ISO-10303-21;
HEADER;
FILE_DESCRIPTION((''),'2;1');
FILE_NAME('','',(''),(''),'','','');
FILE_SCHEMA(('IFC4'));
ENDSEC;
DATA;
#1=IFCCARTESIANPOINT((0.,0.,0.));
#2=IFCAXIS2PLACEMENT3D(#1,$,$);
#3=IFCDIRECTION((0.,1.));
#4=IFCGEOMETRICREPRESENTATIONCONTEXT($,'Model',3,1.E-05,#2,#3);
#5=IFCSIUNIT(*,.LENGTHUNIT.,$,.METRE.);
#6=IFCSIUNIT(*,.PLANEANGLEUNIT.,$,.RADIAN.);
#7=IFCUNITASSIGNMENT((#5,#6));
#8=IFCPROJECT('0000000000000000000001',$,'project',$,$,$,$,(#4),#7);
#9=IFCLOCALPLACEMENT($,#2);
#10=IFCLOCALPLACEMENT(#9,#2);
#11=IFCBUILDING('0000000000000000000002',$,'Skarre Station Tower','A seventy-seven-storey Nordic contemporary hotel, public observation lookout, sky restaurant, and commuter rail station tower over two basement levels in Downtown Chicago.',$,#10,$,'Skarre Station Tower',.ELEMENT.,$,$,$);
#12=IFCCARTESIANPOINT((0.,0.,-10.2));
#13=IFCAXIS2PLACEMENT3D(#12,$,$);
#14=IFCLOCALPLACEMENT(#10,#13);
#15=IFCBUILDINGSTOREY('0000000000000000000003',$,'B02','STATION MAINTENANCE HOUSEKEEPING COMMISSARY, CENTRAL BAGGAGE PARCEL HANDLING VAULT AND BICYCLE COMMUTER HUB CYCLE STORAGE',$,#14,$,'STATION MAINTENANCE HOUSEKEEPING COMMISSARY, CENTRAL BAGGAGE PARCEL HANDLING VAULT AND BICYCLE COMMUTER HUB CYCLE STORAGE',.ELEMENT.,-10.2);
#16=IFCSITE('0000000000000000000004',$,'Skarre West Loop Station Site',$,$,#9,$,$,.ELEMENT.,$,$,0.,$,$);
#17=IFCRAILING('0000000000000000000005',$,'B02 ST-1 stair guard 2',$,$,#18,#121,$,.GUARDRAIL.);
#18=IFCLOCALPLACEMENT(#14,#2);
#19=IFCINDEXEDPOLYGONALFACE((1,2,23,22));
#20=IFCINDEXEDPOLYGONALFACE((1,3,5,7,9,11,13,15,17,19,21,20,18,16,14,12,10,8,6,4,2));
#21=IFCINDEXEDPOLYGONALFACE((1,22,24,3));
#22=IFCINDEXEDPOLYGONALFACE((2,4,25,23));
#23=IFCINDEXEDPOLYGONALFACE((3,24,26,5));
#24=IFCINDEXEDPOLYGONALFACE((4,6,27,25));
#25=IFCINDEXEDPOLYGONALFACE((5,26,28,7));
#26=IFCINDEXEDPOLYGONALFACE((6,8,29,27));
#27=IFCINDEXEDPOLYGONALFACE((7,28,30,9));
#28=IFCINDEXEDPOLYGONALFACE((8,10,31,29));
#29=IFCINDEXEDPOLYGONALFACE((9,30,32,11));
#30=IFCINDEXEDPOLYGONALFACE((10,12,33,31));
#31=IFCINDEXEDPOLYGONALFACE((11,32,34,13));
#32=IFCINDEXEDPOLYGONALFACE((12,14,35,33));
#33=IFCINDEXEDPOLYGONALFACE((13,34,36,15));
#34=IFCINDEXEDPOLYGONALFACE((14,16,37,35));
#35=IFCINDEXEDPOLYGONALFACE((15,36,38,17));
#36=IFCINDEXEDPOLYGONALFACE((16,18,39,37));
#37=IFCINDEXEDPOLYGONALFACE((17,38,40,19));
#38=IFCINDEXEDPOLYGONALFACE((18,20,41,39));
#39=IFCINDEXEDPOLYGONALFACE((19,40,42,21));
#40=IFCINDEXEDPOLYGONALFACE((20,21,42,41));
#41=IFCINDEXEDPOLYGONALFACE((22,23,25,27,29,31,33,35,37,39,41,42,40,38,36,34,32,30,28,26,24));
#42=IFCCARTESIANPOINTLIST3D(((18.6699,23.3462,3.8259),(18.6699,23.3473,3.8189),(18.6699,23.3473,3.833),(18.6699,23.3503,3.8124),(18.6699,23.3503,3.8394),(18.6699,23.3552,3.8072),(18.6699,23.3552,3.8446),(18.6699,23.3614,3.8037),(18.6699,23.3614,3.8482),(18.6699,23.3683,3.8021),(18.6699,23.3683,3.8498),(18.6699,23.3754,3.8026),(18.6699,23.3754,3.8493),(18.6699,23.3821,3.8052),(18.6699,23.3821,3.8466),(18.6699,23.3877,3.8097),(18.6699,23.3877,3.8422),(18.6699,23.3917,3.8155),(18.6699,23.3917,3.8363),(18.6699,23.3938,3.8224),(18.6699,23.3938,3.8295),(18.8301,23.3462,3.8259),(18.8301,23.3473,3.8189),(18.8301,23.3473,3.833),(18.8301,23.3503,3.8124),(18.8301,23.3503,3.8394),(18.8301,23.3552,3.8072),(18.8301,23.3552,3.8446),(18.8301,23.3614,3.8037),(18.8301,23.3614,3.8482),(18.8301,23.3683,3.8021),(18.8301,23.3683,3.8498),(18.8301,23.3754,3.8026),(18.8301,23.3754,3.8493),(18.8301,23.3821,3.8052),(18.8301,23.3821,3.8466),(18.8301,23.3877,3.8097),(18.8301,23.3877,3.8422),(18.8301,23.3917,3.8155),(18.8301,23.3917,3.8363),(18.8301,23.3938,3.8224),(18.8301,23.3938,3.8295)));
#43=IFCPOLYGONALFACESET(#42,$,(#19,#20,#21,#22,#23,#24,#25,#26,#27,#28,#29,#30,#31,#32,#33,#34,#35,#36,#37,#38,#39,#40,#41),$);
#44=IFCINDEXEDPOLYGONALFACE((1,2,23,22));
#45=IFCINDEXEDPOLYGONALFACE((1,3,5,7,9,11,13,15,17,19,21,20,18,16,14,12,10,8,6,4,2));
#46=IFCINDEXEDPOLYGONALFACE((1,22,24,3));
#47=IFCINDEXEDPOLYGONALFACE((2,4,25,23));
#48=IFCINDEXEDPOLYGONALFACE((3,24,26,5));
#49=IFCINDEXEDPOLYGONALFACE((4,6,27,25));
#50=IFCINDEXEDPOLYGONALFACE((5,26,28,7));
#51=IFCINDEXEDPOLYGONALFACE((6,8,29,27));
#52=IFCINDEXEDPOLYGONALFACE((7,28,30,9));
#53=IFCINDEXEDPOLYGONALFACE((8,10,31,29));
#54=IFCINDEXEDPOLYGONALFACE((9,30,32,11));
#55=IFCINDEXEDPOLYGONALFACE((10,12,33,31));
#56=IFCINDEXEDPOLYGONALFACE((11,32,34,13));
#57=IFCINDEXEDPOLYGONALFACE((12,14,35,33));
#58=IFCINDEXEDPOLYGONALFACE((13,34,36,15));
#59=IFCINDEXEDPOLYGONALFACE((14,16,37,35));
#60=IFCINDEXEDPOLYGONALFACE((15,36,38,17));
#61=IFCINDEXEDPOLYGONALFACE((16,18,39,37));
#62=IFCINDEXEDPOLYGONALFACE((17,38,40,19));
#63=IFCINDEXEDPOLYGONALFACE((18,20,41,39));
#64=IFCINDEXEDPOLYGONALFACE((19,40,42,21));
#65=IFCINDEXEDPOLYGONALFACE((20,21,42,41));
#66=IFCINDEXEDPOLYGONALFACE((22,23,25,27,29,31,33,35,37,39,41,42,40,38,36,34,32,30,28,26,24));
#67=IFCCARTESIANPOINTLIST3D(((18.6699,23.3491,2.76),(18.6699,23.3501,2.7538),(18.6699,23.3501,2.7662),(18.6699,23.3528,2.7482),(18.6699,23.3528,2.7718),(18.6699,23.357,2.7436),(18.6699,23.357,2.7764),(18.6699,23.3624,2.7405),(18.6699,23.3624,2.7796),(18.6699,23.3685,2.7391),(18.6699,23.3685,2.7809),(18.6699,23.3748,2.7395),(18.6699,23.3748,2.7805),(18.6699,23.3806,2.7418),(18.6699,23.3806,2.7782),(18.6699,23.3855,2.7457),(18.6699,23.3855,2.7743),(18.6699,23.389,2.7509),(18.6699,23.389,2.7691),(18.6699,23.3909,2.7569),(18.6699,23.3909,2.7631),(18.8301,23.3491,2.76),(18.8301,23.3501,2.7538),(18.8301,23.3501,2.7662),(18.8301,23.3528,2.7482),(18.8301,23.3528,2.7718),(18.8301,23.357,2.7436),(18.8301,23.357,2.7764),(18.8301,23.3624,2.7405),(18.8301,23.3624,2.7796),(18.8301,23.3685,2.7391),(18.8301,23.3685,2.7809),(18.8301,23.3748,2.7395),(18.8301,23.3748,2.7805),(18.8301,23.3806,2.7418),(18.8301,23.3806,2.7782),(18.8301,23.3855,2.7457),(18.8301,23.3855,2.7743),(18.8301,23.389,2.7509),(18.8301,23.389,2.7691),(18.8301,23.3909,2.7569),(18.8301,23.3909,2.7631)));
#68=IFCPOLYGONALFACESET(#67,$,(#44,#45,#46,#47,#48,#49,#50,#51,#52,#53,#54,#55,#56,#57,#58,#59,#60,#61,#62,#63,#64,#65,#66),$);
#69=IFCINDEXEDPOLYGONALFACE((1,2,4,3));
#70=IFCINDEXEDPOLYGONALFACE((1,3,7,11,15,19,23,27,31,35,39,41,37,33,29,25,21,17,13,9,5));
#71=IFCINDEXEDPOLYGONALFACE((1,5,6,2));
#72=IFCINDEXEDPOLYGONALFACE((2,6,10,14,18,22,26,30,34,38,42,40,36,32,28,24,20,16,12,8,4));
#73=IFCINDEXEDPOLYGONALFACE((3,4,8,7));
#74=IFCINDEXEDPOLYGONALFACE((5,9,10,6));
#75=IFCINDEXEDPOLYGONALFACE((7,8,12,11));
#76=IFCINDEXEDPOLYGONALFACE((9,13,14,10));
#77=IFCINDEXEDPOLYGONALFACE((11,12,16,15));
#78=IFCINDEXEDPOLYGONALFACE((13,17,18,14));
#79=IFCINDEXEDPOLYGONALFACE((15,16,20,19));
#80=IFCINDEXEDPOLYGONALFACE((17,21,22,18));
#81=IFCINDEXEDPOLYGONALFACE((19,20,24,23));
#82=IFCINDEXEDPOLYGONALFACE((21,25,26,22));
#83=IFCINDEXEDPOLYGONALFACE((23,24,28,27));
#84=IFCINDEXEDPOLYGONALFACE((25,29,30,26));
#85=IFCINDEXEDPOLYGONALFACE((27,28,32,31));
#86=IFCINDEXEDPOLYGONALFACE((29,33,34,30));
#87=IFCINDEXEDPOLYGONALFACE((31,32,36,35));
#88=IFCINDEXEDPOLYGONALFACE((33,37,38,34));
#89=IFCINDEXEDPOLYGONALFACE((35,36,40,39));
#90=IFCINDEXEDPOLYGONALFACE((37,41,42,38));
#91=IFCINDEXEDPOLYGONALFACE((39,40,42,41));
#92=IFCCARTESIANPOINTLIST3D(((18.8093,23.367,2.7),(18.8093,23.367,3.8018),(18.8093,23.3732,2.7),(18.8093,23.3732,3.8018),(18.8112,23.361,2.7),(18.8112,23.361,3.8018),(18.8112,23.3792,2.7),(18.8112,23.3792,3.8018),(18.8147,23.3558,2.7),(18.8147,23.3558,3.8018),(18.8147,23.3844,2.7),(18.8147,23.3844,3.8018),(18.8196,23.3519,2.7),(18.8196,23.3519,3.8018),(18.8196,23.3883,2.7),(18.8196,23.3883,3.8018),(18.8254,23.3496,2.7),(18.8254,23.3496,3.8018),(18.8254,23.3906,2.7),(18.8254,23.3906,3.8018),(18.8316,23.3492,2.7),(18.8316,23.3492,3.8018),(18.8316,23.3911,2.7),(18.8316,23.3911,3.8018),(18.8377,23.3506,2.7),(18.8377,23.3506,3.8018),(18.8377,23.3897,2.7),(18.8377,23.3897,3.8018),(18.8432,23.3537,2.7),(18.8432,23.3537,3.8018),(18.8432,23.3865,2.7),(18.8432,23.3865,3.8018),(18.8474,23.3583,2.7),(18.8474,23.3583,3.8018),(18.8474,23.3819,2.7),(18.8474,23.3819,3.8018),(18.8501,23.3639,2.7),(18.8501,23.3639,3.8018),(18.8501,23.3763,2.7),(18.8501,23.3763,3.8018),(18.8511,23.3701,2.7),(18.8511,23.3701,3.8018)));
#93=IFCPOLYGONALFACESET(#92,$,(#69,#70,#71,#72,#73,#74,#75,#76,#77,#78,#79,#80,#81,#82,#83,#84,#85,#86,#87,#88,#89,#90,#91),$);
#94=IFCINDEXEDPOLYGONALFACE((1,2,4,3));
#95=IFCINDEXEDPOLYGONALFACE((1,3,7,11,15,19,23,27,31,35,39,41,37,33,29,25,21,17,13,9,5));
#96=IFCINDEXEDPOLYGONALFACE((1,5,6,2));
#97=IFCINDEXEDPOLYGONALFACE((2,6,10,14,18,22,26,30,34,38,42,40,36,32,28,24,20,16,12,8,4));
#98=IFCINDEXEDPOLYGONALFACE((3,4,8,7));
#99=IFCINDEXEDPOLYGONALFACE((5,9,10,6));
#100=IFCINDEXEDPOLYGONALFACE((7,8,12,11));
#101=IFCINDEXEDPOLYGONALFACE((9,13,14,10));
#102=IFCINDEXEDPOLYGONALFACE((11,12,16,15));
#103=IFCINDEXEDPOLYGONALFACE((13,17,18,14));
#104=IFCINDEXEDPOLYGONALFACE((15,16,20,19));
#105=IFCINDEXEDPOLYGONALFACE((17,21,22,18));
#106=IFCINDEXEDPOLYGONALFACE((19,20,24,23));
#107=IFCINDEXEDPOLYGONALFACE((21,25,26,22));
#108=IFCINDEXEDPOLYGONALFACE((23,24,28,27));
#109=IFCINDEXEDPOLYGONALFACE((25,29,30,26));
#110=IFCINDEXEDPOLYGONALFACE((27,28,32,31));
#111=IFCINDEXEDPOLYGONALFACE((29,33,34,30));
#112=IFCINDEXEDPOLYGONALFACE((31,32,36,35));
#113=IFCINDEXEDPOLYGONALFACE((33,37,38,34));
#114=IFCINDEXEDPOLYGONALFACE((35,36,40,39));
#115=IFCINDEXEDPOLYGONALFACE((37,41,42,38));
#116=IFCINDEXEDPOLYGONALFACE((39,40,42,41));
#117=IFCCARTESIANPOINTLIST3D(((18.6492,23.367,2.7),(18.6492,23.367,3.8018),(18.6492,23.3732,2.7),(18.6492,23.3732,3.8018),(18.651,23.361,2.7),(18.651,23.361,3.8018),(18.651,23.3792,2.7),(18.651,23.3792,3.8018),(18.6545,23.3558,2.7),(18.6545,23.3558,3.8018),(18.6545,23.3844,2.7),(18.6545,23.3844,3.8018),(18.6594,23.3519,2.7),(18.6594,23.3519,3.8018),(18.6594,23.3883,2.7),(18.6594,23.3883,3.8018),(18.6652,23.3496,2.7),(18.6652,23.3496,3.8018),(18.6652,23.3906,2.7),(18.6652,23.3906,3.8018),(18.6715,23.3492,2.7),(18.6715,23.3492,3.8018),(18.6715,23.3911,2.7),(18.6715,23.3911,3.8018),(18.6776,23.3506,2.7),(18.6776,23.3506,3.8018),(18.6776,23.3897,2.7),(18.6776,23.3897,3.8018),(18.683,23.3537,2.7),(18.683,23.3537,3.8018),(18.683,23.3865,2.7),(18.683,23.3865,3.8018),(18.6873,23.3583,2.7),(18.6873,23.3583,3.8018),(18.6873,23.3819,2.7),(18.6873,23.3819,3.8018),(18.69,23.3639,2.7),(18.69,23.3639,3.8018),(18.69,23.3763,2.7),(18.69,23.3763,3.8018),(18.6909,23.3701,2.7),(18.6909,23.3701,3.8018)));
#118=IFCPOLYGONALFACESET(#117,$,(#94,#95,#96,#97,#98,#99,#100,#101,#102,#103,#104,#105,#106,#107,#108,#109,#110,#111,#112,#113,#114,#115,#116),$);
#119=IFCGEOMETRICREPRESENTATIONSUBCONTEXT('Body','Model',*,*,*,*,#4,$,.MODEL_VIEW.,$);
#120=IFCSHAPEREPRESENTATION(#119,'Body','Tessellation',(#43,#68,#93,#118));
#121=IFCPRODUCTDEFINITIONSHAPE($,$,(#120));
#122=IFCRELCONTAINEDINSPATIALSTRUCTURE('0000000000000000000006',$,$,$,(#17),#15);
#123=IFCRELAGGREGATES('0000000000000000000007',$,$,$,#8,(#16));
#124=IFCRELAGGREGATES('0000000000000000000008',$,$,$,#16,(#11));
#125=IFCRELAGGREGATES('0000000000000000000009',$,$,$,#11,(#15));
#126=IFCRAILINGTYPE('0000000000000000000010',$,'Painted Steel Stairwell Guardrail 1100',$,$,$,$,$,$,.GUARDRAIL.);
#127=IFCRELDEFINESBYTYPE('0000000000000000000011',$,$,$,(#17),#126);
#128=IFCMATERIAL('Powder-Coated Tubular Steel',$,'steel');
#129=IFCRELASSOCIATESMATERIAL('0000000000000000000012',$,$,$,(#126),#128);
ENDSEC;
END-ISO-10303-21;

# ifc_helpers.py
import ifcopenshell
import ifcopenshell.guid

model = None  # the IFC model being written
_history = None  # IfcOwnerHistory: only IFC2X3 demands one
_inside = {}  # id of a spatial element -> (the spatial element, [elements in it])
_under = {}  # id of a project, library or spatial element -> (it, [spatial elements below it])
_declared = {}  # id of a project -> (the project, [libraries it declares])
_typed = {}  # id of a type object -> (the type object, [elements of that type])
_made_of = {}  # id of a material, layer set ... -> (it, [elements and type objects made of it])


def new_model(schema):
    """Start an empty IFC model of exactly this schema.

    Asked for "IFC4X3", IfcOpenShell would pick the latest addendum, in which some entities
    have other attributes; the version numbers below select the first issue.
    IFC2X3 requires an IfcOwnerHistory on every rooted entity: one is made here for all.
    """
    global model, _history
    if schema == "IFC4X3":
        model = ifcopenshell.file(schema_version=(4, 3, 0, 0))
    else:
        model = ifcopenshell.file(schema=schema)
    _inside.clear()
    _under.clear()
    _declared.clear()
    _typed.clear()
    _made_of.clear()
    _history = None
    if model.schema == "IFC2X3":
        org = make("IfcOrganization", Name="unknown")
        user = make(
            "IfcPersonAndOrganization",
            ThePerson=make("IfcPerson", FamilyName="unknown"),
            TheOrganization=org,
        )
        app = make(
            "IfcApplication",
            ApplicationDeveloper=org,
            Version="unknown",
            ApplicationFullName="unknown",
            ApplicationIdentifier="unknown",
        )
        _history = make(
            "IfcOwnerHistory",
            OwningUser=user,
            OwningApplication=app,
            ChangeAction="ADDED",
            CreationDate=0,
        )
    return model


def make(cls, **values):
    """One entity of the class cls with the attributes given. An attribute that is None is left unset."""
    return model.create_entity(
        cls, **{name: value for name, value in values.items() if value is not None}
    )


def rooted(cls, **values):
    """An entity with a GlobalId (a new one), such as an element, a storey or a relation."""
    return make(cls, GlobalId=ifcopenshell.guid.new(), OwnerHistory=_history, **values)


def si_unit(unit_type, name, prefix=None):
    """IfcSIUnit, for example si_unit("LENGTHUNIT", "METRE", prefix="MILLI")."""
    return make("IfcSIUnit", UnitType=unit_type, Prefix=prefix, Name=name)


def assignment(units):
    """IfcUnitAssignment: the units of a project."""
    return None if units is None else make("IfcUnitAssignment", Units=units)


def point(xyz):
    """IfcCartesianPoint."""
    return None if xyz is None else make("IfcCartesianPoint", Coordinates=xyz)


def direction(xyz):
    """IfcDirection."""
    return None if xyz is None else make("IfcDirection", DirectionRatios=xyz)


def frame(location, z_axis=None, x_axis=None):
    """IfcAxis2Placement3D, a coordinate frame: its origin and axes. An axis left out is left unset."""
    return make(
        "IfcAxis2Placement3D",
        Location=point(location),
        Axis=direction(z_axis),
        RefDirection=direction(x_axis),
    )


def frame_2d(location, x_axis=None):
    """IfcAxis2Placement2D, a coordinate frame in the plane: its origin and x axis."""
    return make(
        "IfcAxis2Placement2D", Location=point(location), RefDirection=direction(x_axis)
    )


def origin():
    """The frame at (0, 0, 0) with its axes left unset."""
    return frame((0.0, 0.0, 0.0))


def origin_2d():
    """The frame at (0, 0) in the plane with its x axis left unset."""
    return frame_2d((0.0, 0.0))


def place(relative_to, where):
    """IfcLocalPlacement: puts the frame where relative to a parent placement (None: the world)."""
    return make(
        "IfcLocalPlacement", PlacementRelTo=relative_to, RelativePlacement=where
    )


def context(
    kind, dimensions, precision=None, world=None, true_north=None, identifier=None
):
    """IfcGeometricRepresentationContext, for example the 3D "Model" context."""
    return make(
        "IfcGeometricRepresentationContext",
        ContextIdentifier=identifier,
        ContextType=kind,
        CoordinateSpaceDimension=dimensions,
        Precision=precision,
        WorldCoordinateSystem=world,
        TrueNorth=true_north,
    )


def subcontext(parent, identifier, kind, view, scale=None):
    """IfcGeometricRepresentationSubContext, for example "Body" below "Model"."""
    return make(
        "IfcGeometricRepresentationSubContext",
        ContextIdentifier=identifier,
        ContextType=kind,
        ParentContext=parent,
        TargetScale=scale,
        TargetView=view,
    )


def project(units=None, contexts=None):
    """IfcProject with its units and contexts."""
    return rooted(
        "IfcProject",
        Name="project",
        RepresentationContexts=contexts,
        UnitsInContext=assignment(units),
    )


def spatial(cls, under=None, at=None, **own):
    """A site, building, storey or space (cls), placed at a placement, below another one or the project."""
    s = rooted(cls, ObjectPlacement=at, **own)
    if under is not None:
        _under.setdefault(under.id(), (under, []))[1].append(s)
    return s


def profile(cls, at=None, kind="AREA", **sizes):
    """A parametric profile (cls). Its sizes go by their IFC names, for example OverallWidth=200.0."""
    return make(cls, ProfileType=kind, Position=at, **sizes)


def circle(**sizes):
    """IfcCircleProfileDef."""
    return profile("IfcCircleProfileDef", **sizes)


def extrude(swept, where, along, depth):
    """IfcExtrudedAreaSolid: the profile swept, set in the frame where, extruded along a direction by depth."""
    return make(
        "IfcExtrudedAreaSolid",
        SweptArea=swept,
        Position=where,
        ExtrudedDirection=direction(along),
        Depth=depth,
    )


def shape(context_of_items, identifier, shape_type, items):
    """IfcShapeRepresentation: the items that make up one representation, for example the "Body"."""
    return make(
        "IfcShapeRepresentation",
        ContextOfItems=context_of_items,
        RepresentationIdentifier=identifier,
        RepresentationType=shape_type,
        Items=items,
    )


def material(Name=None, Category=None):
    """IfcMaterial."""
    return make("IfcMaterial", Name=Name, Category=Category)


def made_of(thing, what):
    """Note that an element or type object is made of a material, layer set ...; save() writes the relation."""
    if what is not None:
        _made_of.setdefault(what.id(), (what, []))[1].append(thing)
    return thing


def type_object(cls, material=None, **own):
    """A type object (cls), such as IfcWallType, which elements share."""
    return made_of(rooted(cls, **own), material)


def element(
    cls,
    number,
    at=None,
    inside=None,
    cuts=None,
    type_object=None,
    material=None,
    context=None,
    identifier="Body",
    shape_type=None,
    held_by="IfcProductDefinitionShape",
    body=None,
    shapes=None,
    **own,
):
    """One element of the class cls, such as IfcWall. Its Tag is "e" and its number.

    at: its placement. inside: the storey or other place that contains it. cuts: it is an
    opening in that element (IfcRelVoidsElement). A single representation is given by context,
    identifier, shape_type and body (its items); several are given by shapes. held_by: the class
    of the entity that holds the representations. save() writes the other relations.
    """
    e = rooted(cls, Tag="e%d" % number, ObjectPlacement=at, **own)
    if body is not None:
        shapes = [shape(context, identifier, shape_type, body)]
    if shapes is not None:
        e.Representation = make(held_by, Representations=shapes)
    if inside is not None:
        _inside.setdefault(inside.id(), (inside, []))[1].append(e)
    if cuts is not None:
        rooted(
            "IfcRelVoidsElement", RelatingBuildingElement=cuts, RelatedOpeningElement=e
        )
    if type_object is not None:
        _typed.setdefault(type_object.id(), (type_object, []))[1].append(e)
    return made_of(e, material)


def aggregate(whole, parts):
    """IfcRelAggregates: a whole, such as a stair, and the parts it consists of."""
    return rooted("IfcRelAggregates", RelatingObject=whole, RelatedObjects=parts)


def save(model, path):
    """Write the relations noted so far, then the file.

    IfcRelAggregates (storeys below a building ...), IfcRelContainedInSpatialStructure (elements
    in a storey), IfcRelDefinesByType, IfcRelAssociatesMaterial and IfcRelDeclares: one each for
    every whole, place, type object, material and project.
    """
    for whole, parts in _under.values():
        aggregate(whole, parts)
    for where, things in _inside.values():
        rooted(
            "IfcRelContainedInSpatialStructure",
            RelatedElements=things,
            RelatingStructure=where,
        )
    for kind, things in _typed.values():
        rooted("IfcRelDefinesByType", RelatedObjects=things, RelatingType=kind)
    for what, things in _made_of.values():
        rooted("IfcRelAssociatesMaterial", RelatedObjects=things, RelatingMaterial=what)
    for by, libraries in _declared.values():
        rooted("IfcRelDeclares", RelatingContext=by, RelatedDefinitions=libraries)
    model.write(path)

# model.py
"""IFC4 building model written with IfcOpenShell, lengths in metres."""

from ifc_helpers import new_model, si_unit, direction, frame, origin, origin_2d, place, context, subcontext, project, spatial, circle, extrude, material, type_object, element, save


model = new_model("IFC4")

# Units and contexts
model_context = context("Model", 3, precision=1e-05, world=origin(), true_north=direction((0.0, 1.0)))
body_context = subcontext(model_context, "Body", "Model", "MODEL_VIEW")
ifc_project = project(units=[si_unit("LENGTHUNIT", "METRE"), si_unit("PLANEANGLEUNIT", "RADIAN")], contexts=[model_context])

# Site, building, storey
site_placement = place(None, origin())
site = spatial("IfcSite", under=ifc_project, at=site_placement, Name="Skarre West Loop Station Site", CompositionType="ELEMENT", RefElevation=0.0)
building_placement = place(site_placement, origin())
building = spatial("IfcBuilding", under=site, at=building_placement, Name="Skarre Station Tower", Description="A seventy-seven-storey Nordic contemporary hotel, public observation lookout, sky restaurant, and commuter rail station tower over two basement levels in Downtown Chicago.", LongName="Skarre Station Tower", CompositionType="ELEMENT")
storey_placement = place(building_placement, frame((0.0, 0.0, -10.2)))
storey = spatial("IfcBuildingStorey", under=building, at=storey_placement, Name="B02", Description="STATION MAINTENANCE HOUSEKEEPING COMMISSARY, CENTRAL BAGGAGE PARCEL HANDLING VAULT AND BICYCLE COMMUTER HUB CYCLE STORAGE", LongName="STATION MAINTENANCE HOUSEKEEPING COMMISSARY, CENTRAL BAGGAGE PARCEL HANDLING VAULT AND BICYCLE COMMUTER HUB CYCLE STORAGE", CompositionType="ELEMENT", Elevation=-10.2)

# Railing
ifc_material_1 = material(Name="Powder-Coated Tubular Steel", Category="steel")
railing_type_1 = type_object("IfcRailingType", Name="Painted Steel Stairwell Guardrail 1100", PredefinedType="GUARDRAIL", material=ifc_material_1)
railing_1_placement = place(storey_placement, frame((18.8301, 23.3701, 2.7)))
element("IfcRailing", 1, at=railing_1_placement, inside=storey, type_object=railing_type_1, Name="B02 ST-1 stair guard 2", PredefinedType="GUARDRAIL", context=body_context, shape_type="SweptSolid", body=[
    extrude(circle(Radius=0.0239, at=origin_2d()), frame((0.0, 0.0, 1.126), z_axis=(-1.0, 0.0, 0.0), x_axis=(0.0, -1.0, 0.0)), (0.0, 0.0, 1.0), 0.1602),
    extrude(circle(Radius=0.021, at=origin_2d()), frame((0.0, 0.0, 0.0601), z_axis=(-1.0, 0.0, 0.0), x_axis=(0.0, -1.0, 0.0)), (0.0, 0.0, 1.0), 0.1602),
    extrude(circle(Radius=0.021, at=origin_2d()), origin(), (0.0, 0.0, 1.0), 1.1018),
    extrude(circle(Radius=0.021, at=origin_2d()), frame((-0.1602, 0.0, 0.0)), (0.0, 0.0, 1.0), 1.1018),
])

save(model, "model.ifc")
